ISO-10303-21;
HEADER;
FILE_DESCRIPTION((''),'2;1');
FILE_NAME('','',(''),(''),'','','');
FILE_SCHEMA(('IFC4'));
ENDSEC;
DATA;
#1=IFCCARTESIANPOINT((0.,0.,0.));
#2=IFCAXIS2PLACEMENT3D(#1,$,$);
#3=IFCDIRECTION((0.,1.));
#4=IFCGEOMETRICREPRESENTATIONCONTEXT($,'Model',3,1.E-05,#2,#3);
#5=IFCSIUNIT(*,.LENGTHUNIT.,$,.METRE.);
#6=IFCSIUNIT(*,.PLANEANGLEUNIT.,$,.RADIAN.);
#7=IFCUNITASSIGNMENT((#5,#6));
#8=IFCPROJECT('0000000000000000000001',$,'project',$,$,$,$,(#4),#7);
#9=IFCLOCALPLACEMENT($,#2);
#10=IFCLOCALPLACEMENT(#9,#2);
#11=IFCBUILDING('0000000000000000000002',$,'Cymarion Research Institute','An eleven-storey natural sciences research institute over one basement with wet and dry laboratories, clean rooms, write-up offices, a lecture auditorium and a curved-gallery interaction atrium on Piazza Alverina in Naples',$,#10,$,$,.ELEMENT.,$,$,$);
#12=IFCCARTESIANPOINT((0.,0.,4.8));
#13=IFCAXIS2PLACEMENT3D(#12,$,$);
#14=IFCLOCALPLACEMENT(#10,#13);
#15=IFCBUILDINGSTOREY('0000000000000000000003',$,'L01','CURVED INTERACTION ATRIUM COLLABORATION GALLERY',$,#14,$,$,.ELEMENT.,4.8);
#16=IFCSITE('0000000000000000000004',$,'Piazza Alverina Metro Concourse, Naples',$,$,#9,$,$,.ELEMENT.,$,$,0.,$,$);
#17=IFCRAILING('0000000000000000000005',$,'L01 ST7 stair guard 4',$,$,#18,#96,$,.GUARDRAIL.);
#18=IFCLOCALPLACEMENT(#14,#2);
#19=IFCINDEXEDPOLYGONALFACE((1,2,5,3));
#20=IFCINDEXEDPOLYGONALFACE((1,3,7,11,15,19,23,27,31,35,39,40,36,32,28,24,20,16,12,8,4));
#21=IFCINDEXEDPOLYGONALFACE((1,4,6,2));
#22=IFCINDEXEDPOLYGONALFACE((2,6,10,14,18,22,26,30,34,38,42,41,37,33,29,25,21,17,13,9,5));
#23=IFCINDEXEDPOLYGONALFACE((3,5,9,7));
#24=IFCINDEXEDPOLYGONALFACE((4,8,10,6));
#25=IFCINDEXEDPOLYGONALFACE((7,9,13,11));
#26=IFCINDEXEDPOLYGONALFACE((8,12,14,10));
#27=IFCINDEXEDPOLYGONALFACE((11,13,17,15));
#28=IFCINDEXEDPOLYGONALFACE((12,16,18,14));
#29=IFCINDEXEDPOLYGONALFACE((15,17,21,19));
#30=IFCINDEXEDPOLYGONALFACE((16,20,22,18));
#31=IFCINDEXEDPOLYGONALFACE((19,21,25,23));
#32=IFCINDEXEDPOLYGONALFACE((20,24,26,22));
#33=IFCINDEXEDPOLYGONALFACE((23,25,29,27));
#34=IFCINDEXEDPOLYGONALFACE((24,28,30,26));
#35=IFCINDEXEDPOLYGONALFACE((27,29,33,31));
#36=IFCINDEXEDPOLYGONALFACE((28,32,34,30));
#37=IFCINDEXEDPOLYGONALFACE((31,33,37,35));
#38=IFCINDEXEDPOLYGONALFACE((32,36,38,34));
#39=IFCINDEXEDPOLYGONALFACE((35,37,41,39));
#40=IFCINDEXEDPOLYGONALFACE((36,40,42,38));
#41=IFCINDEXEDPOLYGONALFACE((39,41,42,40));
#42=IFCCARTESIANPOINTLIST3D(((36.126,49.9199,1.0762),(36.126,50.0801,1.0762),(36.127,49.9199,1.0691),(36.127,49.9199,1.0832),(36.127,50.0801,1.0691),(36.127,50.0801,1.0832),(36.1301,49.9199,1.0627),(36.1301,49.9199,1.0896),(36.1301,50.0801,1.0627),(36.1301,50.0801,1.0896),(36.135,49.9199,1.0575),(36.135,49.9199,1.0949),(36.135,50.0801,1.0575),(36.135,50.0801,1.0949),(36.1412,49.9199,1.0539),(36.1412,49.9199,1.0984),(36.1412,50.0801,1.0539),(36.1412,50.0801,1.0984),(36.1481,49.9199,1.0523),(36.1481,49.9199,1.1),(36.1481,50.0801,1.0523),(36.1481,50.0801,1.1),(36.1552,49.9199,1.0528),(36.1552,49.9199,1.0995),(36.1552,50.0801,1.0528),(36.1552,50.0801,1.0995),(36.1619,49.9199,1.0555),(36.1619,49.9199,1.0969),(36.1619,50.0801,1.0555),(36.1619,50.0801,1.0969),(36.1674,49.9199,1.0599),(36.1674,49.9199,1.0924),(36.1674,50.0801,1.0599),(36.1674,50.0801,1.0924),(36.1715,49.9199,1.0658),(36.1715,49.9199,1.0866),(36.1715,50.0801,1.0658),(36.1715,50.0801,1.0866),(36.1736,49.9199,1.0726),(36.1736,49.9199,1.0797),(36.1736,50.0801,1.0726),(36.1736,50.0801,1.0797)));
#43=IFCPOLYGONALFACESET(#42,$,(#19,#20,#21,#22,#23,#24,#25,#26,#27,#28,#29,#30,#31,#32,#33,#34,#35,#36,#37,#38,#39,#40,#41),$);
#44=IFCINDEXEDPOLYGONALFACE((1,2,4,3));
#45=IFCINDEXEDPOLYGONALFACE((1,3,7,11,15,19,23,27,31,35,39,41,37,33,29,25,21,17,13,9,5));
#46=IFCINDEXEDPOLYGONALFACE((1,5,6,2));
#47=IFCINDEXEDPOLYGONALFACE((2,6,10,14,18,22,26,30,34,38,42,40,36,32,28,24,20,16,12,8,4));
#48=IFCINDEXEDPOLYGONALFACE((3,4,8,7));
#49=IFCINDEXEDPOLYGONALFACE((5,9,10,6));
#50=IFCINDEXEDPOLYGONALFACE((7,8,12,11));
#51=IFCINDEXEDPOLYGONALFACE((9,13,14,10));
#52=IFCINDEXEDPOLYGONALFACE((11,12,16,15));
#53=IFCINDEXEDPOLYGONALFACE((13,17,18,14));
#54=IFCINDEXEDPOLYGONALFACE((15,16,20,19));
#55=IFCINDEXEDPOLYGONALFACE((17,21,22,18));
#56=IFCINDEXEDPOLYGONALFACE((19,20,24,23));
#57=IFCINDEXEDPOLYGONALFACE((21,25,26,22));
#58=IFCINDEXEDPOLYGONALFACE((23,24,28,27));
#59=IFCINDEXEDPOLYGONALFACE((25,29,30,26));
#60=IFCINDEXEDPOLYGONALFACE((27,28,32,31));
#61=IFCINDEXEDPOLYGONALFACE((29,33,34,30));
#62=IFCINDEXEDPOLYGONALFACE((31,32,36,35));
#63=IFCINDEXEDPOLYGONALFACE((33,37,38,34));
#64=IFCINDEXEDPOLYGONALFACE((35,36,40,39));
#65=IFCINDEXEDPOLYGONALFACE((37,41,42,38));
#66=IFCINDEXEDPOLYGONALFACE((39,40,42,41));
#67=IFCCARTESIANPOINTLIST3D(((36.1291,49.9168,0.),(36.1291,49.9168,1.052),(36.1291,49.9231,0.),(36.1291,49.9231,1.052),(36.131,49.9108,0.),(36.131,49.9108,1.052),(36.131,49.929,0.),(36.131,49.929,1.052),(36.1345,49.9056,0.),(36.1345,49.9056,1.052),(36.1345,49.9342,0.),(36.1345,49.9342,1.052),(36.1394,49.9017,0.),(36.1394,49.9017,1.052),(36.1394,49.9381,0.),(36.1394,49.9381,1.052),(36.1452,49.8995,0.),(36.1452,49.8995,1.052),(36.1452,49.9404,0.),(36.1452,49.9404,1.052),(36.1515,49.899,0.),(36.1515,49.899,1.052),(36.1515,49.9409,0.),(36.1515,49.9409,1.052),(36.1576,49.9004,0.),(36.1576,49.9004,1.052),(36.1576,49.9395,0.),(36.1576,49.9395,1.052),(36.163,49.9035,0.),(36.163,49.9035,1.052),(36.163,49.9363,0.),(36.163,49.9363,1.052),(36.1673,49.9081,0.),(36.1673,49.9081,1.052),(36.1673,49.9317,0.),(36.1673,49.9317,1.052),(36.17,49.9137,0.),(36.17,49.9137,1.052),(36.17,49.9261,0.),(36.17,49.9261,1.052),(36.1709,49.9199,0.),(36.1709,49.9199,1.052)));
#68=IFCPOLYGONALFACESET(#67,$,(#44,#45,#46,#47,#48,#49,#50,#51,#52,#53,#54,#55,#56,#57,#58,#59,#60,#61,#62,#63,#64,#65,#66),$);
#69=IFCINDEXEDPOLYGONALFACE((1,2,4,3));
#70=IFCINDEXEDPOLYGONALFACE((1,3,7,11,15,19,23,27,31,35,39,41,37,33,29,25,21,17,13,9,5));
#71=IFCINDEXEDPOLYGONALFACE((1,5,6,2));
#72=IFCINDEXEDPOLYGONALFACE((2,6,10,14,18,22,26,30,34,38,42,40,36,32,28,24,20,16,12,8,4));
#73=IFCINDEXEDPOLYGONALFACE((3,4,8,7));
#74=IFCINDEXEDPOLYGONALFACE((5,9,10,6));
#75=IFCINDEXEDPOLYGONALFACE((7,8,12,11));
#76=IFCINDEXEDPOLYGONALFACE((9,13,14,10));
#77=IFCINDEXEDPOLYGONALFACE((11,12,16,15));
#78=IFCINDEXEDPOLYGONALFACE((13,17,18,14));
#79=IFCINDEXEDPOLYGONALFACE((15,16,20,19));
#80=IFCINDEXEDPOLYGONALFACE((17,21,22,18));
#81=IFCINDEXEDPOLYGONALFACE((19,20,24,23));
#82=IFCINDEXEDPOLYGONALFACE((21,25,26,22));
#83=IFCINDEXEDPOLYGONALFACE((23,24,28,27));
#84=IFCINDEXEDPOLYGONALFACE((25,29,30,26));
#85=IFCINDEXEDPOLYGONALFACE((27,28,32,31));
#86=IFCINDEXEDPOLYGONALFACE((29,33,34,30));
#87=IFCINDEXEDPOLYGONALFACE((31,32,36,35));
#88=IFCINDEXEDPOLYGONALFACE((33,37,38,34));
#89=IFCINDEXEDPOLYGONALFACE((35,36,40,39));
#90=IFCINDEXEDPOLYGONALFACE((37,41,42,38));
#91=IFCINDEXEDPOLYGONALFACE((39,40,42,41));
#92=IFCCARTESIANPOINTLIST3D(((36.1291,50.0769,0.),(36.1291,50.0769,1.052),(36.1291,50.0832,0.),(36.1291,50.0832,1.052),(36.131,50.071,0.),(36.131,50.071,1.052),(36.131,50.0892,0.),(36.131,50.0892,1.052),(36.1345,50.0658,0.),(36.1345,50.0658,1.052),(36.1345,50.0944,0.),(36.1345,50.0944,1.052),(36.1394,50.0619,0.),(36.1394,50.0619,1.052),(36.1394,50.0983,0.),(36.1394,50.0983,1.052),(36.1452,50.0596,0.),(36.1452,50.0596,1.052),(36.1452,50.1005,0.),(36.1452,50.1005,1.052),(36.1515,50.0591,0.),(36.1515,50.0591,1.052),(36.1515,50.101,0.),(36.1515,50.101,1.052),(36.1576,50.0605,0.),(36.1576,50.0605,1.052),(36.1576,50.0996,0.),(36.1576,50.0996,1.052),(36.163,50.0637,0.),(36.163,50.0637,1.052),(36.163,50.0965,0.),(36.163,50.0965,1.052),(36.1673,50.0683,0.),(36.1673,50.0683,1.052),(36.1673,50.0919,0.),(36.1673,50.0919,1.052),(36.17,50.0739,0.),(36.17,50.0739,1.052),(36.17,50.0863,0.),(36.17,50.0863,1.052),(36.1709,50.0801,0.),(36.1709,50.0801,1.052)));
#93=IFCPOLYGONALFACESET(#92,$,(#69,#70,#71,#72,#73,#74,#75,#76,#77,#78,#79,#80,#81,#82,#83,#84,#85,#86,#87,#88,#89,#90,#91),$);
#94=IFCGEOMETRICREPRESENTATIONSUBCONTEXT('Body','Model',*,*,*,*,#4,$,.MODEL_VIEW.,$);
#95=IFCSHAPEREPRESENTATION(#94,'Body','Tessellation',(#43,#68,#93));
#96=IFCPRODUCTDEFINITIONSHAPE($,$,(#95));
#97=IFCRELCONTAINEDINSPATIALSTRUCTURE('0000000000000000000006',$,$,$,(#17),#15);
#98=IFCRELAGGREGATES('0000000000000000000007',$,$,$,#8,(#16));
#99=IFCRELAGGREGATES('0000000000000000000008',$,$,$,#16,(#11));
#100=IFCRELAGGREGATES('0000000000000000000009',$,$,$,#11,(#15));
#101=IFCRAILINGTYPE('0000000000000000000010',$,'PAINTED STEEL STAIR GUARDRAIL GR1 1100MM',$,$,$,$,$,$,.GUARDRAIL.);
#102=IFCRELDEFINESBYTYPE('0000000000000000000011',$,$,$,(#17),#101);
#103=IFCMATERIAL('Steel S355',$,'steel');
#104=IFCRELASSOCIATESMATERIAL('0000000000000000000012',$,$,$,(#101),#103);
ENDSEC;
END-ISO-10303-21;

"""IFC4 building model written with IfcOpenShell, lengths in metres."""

from ifc_helpers import new_model, si_unit, direction, frame, origin, origin_2d, place, context, subcontext, project, spatial, circle, extrude, material, type_object, element, save


model = new_model("IFC4")

# Units and contexts
model_context = context("Model", 3, precision=1e-05, world=origin(), true_north=direction((0.0, 1.0)))
body_context = subcontext(model_context, "Body", "Model", "MODEL_VIEW")
ifc_project = project(units=[si_unit("LENGTHUNIT", "METRE"), si_unit("PLANEANGLEUNIT", "RADIAN")], contexts=[model_context])

# Site, building, storey
site_placement = place(None, origin())
site = spatial("IfcSite", under=ifc_project, at=site_placement, Name="Piazza Alverina Metro Concourse, Naples", CompositionType="ELEMENT", RefElevation=0.0)
building_placement = place(site_placement, origin())
building = spatial("IfcBuilding", under=site, at=building_placement, Name="Cymarion Research Institute", Description="An eleven-storey natural sciences research institute over one basement with wet and dry laboratories, clean rooms, write-up offices, a lecture auditorium and a curved-gallery interaction atrium on Piazza Alverina in Naples", CompositionType="ELEMENT")
storey_placement = place(building_placement, frame((0.0, 0.0, 4.8)))
storey = spatial("IfcBuildingStorey", under=building, at=storey_placement, Name="L01", Description="CURVED INTERACTION ATRIUM COLLABORATION GALLERY", CompositionType="ELEMENT", Elevation=4.8)

# Railing
ifc_material_1 = material(Name="Steel S355", Category="steel")
railing_type_1 = type_object("IfcRailingType", Name="PAINTED STEEL STAIR GUARDRAIL GR1 1100MM", PredefinedType="GUARDRAIL", material=ifc_material_1)
railing_1_placement = place(storey_placement, frame((36.1499, 49.9199, 0.0)))
element("IfcRailing", 1, at=railing_1_placement, inside=storey, type_object=railing_type_1, Name="L01 ST7 stair guard 4", PredefinedType="GUARDRAIL", context=body_context, shape_type="SweptSolid", body=[
    extrude(circle(Radius=0.0239, at=origin_2d()), frame((0.0, 0.0, 1.0762), z_axis=(0.0, 1.0, 0.0), x_axis=(-1.0, 0.0, 0.0)), (0.0, 0.0, 1.0), 0.1602),
    extrude(circle(Radius=0.021, at=origin_2d()), origin(), (0.0, 0.0, 1.0), 1.052),
    extrude(circle(Radius=0.021, at=origin_2d()), frame((0.0, 0.1602, 0.0)), (0.0, 0.0, 1.0), 1.052),
])

save(model, "model.ifc")
